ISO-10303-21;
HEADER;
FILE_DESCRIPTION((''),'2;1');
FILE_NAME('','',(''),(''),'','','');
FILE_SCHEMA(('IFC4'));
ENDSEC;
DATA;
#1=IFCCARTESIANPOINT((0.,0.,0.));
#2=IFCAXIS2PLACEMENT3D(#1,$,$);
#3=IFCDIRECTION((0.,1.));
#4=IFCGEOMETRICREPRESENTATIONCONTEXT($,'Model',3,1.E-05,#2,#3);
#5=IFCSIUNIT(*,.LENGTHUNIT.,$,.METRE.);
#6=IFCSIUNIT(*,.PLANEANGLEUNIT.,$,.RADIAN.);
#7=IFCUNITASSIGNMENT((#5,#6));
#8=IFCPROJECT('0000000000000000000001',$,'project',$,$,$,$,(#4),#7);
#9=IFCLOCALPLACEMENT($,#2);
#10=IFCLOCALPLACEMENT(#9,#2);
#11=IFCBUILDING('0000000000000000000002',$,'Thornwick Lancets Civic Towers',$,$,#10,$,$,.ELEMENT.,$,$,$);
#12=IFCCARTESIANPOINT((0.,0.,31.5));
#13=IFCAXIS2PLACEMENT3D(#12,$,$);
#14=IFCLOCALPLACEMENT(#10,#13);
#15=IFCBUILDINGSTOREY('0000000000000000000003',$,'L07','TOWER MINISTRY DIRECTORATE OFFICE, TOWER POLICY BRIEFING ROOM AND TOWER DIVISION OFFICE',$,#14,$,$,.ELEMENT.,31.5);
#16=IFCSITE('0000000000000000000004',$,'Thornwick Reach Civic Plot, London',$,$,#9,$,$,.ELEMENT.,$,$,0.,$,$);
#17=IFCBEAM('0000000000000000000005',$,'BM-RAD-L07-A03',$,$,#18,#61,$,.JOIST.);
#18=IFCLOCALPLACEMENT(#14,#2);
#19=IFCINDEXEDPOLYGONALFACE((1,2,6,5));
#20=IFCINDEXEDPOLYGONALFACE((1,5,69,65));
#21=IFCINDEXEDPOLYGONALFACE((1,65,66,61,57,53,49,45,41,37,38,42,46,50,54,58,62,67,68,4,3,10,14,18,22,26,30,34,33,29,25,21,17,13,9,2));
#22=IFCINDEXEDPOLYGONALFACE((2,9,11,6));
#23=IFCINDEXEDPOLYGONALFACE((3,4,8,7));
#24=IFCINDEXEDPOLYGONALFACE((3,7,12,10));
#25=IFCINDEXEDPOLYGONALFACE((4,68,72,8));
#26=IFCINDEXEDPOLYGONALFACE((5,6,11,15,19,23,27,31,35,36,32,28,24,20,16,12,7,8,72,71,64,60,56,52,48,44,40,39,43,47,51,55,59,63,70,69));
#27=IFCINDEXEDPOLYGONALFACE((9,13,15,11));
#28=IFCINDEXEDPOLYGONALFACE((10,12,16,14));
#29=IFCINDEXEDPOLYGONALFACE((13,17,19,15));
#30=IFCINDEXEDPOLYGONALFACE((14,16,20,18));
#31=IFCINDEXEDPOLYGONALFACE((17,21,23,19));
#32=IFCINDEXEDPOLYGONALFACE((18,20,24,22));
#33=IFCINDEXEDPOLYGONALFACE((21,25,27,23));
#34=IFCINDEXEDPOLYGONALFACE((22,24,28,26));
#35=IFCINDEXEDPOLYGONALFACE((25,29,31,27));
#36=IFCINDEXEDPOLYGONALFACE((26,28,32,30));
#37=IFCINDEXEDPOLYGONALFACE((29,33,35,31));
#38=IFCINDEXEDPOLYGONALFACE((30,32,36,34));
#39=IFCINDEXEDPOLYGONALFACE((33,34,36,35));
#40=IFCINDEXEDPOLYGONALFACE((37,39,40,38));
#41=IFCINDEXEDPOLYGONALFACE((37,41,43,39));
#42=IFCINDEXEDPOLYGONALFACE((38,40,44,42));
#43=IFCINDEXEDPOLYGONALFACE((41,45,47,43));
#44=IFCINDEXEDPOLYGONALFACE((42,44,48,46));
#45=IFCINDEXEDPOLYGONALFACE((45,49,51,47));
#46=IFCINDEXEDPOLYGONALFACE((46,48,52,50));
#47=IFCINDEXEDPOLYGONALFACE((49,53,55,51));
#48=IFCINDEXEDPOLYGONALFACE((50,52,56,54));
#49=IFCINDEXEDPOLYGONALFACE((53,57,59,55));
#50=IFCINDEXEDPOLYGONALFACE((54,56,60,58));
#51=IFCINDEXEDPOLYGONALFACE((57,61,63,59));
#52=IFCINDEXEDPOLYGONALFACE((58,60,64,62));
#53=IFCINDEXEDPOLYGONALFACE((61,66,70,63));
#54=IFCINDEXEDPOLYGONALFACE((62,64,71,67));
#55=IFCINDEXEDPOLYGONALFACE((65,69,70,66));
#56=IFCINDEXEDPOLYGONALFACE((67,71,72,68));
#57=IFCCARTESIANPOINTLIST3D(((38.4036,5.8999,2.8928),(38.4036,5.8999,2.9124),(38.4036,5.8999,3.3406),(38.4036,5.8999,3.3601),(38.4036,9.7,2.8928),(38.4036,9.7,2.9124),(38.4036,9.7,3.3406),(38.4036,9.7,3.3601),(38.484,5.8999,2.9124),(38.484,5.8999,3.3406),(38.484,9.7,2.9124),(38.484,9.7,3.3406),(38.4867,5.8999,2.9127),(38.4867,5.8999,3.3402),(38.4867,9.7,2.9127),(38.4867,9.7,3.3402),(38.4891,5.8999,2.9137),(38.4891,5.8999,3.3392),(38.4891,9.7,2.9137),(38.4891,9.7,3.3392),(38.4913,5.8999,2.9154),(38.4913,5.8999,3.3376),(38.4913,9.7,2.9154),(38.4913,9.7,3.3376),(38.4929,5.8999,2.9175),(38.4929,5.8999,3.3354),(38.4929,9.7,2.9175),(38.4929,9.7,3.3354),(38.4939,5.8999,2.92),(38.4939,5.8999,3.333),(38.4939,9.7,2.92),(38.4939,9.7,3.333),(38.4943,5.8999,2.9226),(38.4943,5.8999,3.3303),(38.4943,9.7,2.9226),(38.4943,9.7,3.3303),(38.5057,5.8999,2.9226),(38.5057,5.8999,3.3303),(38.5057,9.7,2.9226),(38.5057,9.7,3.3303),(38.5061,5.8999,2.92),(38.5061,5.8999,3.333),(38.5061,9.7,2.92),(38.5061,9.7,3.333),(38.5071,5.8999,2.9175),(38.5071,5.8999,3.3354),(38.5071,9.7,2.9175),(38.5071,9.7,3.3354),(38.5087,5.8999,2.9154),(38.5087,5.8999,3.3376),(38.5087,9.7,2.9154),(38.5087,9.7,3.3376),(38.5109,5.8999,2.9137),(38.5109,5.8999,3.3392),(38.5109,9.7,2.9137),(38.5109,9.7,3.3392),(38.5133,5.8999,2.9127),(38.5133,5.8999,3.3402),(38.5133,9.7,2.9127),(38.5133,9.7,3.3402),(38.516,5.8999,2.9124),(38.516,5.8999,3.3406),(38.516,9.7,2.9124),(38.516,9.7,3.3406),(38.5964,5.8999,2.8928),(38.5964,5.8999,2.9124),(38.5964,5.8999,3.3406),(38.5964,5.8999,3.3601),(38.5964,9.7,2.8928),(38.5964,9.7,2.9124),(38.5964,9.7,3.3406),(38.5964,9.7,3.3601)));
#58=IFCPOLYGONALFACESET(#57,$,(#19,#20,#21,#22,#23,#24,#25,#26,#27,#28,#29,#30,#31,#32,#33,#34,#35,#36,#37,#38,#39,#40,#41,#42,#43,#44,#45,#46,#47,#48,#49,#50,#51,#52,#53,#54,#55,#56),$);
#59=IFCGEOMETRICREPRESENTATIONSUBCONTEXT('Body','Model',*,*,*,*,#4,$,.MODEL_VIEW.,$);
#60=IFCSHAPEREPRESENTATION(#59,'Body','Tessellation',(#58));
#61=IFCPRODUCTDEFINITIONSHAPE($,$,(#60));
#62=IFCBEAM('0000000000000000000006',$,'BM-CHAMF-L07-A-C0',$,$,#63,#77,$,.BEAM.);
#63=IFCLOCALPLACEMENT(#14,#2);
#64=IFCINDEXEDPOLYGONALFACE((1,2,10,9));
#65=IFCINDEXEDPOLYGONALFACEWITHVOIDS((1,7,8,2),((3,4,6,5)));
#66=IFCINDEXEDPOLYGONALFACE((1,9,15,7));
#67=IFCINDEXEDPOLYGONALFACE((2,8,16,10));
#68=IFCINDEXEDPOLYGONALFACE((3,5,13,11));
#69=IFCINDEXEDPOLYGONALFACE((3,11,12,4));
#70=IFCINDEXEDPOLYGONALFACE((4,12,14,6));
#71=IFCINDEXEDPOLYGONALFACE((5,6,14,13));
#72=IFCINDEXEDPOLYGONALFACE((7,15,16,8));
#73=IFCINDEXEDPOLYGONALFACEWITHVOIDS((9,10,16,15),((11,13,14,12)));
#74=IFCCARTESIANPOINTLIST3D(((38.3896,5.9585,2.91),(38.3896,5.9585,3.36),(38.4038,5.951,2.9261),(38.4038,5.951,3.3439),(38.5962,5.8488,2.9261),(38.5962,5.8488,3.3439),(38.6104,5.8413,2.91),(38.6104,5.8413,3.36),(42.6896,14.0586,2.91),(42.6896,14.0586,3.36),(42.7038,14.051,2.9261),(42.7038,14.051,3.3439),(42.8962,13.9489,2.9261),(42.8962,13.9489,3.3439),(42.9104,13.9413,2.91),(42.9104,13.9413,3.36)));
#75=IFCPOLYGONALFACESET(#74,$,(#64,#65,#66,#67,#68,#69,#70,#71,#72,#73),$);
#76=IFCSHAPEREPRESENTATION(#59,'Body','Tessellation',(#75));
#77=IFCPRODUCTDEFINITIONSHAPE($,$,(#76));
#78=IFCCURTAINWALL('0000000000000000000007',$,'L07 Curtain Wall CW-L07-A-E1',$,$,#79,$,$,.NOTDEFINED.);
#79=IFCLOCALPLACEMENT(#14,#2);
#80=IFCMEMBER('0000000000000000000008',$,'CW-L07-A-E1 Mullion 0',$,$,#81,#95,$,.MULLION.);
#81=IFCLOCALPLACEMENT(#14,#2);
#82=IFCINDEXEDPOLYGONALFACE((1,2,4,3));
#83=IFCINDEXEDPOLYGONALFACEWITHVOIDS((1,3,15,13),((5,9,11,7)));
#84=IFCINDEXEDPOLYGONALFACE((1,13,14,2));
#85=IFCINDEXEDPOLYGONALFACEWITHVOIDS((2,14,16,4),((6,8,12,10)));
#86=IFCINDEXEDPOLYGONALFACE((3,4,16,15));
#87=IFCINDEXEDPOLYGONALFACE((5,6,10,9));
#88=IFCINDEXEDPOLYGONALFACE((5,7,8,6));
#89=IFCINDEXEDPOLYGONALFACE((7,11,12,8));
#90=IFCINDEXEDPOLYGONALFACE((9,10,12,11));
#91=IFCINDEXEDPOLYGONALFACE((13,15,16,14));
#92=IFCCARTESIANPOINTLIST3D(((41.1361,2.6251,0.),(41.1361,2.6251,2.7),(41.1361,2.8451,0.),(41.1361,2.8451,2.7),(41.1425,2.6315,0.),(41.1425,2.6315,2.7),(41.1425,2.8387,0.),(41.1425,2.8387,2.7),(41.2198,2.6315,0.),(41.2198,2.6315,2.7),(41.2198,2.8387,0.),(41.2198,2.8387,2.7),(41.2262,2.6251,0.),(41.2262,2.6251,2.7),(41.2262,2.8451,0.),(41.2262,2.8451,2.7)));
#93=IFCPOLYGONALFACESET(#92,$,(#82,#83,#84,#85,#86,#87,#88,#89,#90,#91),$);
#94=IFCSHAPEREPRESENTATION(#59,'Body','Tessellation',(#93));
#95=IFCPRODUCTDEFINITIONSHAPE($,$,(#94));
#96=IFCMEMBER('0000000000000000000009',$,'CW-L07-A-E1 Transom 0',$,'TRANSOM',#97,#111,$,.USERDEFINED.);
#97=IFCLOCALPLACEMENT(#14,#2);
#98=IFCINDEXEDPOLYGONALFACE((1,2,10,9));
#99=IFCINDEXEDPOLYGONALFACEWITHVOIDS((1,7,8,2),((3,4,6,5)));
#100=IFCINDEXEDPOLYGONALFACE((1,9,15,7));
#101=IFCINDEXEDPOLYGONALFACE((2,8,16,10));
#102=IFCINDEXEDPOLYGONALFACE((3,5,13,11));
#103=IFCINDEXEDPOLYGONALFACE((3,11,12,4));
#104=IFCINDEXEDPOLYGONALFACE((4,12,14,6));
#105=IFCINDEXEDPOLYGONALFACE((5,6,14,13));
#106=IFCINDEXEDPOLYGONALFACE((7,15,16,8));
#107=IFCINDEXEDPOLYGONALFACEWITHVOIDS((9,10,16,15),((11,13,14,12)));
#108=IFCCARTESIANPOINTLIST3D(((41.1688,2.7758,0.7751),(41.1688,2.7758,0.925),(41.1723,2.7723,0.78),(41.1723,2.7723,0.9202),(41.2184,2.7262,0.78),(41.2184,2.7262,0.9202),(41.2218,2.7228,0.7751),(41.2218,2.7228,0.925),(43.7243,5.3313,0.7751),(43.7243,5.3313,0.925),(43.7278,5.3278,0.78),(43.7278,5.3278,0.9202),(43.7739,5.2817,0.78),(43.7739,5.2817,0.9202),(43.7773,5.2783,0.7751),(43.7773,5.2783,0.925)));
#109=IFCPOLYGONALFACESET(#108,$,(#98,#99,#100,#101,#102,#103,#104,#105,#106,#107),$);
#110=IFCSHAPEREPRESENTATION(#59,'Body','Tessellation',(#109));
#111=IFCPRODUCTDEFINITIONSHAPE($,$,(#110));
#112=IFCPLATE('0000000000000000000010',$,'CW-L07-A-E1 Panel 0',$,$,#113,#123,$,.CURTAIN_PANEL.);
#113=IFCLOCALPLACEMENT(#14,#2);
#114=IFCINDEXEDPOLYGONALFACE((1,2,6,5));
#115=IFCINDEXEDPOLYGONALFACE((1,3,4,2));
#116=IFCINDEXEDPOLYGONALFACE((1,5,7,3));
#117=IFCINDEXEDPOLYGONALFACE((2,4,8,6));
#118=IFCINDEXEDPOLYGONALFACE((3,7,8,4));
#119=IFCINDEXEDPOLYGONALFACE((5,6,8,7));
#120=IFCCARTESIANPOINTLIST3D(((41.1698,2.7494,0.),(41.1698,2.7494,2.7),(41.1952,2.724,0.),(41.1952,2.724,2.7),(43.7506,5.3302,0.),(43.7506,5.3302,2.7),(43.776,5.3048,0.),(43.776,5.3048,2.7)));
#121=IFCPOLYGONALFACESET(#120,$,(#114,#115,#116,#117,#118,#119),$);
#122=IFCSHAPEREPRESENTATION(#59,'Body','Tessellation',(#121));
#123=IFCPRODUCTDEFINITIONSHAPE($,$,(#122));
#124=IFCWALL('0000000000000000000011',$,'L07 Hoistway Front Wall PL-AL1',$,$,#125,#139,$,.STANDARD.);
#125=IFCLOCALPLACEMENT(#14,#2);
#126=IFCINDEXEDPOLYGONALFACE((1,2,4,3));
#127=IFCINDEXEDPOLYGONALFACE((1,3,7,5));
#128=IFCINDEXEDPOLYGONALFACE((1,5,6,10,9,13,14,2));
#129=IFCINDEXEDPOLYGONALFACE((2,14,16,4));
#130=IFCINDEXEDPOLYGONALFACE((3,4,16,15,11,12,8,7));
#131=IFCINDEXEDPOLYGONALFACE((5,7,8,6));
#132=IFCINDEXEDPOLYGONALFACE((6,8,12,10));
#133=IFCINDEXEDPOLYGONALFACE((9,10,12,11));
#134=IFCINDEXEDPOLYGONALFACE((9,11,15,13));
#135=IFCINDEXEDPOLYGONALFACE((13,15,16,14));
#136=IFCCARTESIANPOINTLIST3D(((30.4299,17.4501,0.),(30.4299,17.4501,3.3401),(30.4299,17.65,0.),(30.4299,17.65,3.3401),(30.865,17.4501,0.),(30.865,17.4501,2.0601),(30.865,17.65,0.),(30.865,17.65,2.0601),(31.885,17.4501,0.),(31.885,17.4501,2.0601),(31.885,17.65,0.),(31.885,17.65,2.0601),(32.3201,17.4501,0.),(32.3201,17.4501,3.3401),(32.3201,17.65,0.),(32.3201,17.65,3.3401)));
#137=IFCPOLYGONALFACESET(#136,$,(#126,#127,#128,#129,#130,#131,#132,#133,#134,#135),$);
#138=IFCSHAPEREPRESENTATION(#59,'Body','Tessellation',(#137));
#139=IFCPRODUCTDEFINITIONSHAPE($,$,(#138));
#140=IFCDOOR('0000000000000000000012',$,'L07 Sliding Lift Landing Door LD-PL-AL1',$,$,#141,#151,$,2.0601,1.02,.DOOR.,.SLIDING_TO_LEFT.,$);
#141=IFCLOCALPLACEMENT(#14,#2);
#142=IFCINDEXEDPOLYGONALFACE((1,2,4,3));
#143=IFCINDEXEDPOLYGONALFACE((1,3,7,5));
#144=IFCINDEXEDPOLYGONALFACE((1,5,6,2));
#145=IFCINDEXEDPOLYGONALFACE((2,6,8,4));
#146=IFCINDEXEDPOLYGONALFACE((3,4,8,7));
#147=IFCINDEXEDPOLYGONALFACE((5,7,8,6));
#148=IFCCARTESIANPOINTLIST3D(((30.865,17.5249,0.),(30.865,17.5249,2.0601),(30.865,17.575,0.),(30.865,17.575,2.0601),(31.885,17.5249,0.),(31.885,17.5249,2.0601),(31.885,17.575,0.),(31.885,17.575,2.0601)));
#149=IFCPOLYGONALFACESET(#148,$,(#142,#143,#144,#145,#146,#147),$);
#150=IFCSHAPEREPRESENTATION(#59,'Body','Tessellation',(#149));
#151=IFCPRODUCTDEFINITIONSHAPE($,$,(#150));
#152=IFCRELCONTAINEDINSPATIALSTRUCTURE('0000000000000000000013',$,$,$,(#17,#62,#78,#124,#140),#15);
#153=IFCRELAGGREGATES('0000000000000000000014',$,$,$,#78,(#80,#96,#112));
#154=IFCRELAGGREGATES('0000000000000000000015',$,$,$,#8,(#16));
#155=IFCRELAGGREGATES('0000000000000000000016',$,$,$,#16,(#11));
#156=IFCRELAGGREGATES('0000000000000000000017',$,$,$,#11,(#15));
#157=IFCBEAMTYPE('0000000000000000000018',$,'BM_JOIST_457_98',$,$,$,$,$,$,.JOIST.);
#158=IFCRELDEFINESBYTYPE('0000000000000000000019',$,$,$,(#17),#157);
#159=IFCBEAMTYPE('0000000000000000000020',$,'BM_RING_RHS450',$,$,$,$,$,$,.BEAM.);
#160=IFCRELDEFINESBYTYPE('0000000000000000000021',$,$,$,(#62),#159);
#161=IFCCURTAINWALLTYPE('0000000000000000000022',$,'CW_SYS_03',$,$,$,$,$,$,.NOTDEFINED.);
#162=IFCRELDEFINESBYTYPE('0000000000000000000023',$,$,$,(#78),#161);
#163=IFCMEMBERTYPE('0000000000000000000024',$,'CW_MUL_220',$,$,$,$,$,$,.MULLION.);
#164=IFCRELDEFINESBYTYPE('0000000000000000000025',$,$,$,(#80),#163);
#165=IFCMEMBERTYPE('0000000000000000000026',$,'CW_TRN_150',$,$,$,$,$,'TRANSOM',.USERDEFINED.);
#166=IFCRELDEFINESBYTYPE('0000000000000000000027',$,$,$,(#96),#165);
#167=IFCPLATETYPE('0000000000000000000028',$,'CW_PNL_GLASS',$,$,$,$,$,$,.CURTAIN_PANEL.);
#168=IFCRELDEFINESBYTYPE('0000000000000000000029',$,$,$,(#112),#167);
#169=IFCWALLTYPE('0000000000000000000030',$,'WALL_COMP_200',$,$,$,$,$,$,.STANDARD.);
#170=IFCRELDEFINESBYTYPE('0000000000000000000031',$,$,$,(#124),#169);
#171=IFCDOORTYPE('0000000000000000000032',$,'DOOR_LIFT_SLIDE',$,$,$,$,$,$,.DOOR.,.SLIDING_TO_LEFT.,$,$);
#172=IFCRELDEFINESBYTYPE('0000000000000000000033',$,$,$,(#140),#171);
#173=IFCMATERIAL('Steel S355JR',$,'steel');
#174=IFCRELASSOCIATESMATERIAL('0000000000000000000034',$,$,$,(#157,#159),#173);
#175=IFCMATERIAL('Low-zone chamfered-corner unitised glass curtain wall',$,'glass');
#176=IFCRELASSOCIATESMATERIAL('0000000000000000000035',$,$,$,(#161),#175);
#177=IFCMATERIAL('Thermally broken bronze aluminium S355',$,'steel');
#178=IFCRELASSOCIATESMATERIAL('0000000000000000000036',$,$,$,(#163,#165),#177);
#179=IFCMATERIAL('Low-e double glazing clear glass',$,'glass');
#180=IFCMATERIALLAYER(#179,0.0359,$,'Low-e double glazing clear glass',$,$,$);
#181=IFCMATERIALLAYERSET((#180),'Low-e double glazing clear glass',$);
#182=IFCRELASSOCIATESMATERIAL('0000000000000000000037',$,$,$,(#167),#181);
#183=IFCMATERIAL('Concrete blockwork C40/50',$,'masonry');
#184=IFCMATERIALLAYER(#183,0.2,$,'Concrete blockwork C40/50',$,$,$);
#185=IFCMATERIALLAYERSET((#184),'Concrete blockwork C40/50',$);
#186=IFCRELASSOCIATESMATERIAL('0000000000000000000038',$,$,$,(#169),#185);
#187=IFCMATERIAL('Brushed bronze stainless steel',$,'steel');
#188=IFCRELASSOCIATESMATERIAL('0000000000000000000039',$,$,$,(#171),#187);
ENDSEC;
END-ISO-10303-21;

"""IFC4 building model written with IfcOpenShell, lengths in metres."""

from ifc_helpers import new_model, si_unit, direction, frame, frame_2d, origin, origin_2d, place, context, subcontext, project, spatial, rectangle, hollow_rectangle, i_section, extrude, material, layer, layer_set, material_profile, profile_set, type_object, element, fill, aggregate, save


model = new_model("IFC4")

# Units and contexts
model_context = context("Model", 3, precision=1e-05, world=origin(), true_north=direction((0.0, 1.0)))
body_context = subcontext(model_context, "Body", "Model", "MODEL_VIEW")
ifc_project = project(units=[si_unit("LENGTHUNIT", "METRE"), si_unit("PLANEANGLEUNIT", "RADIAN")], contexts=[model_context])

# Site, building, storey
site_placement = place(None, origin())
site = spatial("IfcSite", under=ifc_project, at=site_placement, Name="Thornwick Reach Civic Plot, London", CompositionType="ELEMENT", RefElevation=0.0)
building_placement = place(site_placement, origin())
building = spatial("IfcBuilding", under=site, at=building_placement, Name="Thornwick Lancets Civic Towers", CompositionType="ELEMENT")
storey_placement = place(building_placement, frame((0.0, 0.0, 31.5)))
storey = spatial("IfcBuildingStorey", under=building, at=storey_placement, Name="L07", Description="TOWER MINISTRY DIRECTORATE OFFICE, TOWER POLICY BRIEFING ROOM AND TOWER DIVISION OFFICE", CompositionType="ELEMENT", Elevation=31.5)

# Beams
ifc_material_1 = material(Name="Steel S355JR", Category="steel")
ifc_material_profile_1 = material_profile(ifc_material_1, i_section(OverallWidth=0.1929, OverallDepth=0.4673, WebThickness=0.0115, FlangeThickness=0.0195, FilletRadius=0.0103, at=origin_2d()), Name="UKB 457x191x98")
ifc_profile_set_1 = profile_set([ifc_material_profile_1], Name="Steel S355JR")
beam_type_1 = type_object("IfcBeamType", Name="BM_JOIST_457_98", PredefinedType="JOIST", material=ifc_profile_set_1)
beam_1_placement = place(storey_placement, frame((38.5, 9.7, 3.1265), z_axis=(0.0, -1.0, 0.0), x_axis=(1.0, 0.0, 0.0)))
element("IfcBeam", 1, at=beam_1_placement, inside=storey, type_object=beam_type_1, Name="BM-RAD-L07-A03", PredefinedType="JOIST", context=body_context, shape_type="SweptSolid", body=[
    extrude(i_section(OverallWidth=0.1929, OverallDepth=0.4673, WebThickness=0.0115, FlangeThickness=0.0195, FilletRadius=0.0103, at=origin_2d()), origin(), (0.0, 0.0, 1.0), 3.8),
])
ifc_material_profile_2 = material_profile(ifc_material_1, hollow_rectangle(XDim=0.25, YDim=0.45, WallThickness=0.0161, at=origin_2d()), Name="RHS 450x250x16")
ifc_profile_set_2 = profile_set([ifc_material_profile_2], Name="Steel S355JR")
beam_type_2 = type_object("IfcBeamType", Name="BM_RING_RHS450", PredefinedType="BEAM", material=ifc_profile_set_2)
beam_2_placement = place(storey_placement, frame((38.5, 5.8999, 3.135), z_axis=(0.468889, 0.883257, 0.0), x_axis=(-0.883257, 0.468889, 0.0)))
element("IfcBeam", 2, at=beam_2_placement, inside=storey, type_object=beam_type_2, Name="BM-CHAMF-L07-A-C0", PredefinedType="BEAM", context=body_context, shape_type="SweptSolid", body=[
    extrude(hollow_rectangle(XDim=0.25, YDim=0.45, WallThickness=0.0161, at=origin_2d()), origin(), (0.0, 0.0, 1.0), 9.1707),
])

# Curtain wall, members, plate
ifc_material_2 = material(Name="Low-zone chamfered-corner unitised glass curtain wall", Category="glass")
curtain_wall_type = type_object("IfcCurtainWallType", Name="CW_SYS_03", PredefinedType="NOTDEFINED", material=ifc_material_2)
curtain_wall_placement = place(storey_placement, origin())
curtain_wall = element("IfcCurtainWall", 3, at=curtain_wall_placement, inside=storey, type_object=curtain_wall_type, Name="L07 Curtain Wall CW-L07-A-E1", PredefinedType="NOTDEFINED")
ifc_material_3 = material(Name="Thermally broken bronze aluminium S355", Category="steel")
ifc_material_profile_3 = material_profile(ifc_material_3, hollow_rectangle(XDim=0.0901, YDim=0.22, WallThickness=0.0063, at=origin_2d()), Name="RHS 220x90x6.3")
ifc_profile_set_3 = profile_set([ifc_material_profile_3], Name="Thermally broken bronze aluminium S355")
member_type_1 = type_object("IfcMemberType", Name="CW_MUL_220", PredefinedType="MULLION", material=ifc_profile_set_3)
member_1_placement = place(storey_placement, frame((41.1812, 2.7351, 0.0), z_axis=(0.0, 0.0, 1.0), x_axis=(1.0, 0.0, 0.0)))
member_1 = element("IfcMember", 4, at=member_1_placement, type_object=member_type_1, Name="CW-L07-A-E1 Mullion 0", PredefinedType="MULLION", context=body_context, shape_type="SweptSolid", body=[
    extrude(hollow_rectangle(XDim=0.0901, YDim=0.22, WallThickness=0.0063, at=origin_2d()), origin(), (0.0, 0.0, 1.0), 2.7),
])
ifc_material_profile_4 = material_profile(ifc_material_3, hollow_rectangle(XDim=0.075, YDim=0.1499, WallThickness=0.0049, at=origin_2d()), Name="RHS 150x75x5")
ifc_profile_set_4 = profile_set([ifc_material_profile_4], Name="Thermally broken bronze aluminium S355")
member_type_2 = type_object("IfcMemberType", Name="CW_TRN_150", ElementType="TRANSOM", PredefinedType="USERDEFINED", material=ifc_profile_set_4)
member_2_placement = place(storey_placement, frame((41.1953, 2.7493, 0.8501), z_axis=(0.707107, 0.707107, 0.0), x_axis=(-0.707107, 0.707107, 0.0)))
member_2 = element("IfcMember", 5, at=member_2_placement, type_object=member_type_2, Name="CW-L07-A-E1 Transom 0", ObjectType="TRANSOM", PredefinedType="USERDEFINED", context=body_context, shape_type="SweptSolid", body=[
    extrude(hollow_rectangle(XDim=0.075, YDim=0.1499, WallThickness=0.0049, at=origin_2d()), origin(), (0.0, 0.0, 1.0), 3.614),
])
ifc_material_4 = material(Name="Low-e double glazing clear glass", Category="glass")
ifc_layer_1 = layer(ifc_material_4, 0.0359, Name="Low-e double glazing clear glass")
ifc_layer_set_1 = layer_set([ifc_layer_1], Name="Low-e double glazing clear glass")
plate_type = type_object("IfcPlateType", Name="CW_PNL_GLASS", PredefinedType="CURTAIN_PANEL", material=ifc_layer_set_1)
plate_placement = place(storey_placement, frame((42.4729, 4.0271, 0.0), z_axis=(0.0, 0.0, 1.0), x_axis=(0.707107, 0.707107, 0.0)))
plate = element("IfcPlate", 6, at=plate_placement, type_object=plate_type, Name="CW-L07-A-E1 Panel 0", PredefinedType="CURTAIN_PANEL", context=body_context, shape_type="SweptSolid", body=[
    extrude(rectangle(XDim=3.6499, YDim=0.0359, at=origin_2d()), origin(), (0.0, 0.0, 1.0), 2.7),
])
aggregate(curtain_wall, [member_1, member_2, plate])

# Wall, opening, door
ifc_material_5 = material(Name="Concrete blockwork C40/50", Category="masonry")
ifc_layer_2 = layer(ifc_material_5, 0.2, Name="Concrete blockwork C40/50")
ifc_layer_set_2 = layer_set([ifc_layer_2], Name="Concrete blockwork C40/50")
wall_type_1 = type_object("IfcWallType", Name="WALL_COMP_200", PredefinedType="STANDARD", material=ifc_layer_set_2)
wall_1_placement = place(storey_placement, frame((30.4299, 17.55, 0.0), z_axis=(0.0, 0.0, 1.0), x_axis=(1.0, 0.0, 0.0)))
wall_1 = element("IfcWall", 7, at=wall_1_placement, inside=storey, type_object=wall_type_1, Name="L07 Hoistway Front Wall PL-AL1", PredefinedType="STANDARD", context=body_context, shape_type="SweptSolid", body=[
    extrude(rectangle(XDim=1.8901, YDim=0.2, at=frame_2d((0.9451, 0.0))), origin(), (0.0, 0.0, 1.0), 3.3401),
])
opening_1_placement = place(wall_1_placement, frame((0.4351, 0.0, 0.0)))
opening_1 = element("IfcOpeningElement", 8, at=opening_1_placement, cuts=wall_1, PredefinedType="OPENING", context=body_context, shape_type="SweptSolid", body=[
    extrude(rectangle(XDim=1.02, YDim=2.0601, at=frame_2d((0.51, 1.03))), frame((0.0, 0.1099, 0.0), z_axis=(0.0, -1.0, 0.0), x_axis=(1.0, 0.0, 0.0)), (0.0, 0.0, 1.0), 0.22),
])
ifc_material_6 = material(Name="Brushed bronze stainless steel", Category="steel")
door_type_1 = type_object("IfcDoorType", Name="DOOR_LIFT_SLIDE", OperationType="SLIDING_TO_LEFT", PredefinedType="DOOR", material=ifc_material_6)
door_1_placement = place(opening_1_placement, origin())
door_1 = element("IfcDoor", 9, at=door_1_placement, inside=storey, type_object=door_type_1, Name="L07 Sliding Lift Landing Door LD-PL-AL1", OperationType="SLIDING_TO_LEFT", OverallHeight=2.0601, OverallWidth=1.02, PredefinedType="DOOR", context=body_context, shape_type="SweptSolid", body=[
    extrude(rectangle(XDim=1.02, YDim=2.0601, at=frame_2d((0.51, 1.03))), frame((0.0, 0.0249, 0.0), z_axis=(0.0, -1.0, 0.0), x_axis=(1.0, 0.0, 0.0)), (0.0, 0.0, 1.0), 0.05),
])
fill(opening_1, door_1)

save(model, "model.ifc")
